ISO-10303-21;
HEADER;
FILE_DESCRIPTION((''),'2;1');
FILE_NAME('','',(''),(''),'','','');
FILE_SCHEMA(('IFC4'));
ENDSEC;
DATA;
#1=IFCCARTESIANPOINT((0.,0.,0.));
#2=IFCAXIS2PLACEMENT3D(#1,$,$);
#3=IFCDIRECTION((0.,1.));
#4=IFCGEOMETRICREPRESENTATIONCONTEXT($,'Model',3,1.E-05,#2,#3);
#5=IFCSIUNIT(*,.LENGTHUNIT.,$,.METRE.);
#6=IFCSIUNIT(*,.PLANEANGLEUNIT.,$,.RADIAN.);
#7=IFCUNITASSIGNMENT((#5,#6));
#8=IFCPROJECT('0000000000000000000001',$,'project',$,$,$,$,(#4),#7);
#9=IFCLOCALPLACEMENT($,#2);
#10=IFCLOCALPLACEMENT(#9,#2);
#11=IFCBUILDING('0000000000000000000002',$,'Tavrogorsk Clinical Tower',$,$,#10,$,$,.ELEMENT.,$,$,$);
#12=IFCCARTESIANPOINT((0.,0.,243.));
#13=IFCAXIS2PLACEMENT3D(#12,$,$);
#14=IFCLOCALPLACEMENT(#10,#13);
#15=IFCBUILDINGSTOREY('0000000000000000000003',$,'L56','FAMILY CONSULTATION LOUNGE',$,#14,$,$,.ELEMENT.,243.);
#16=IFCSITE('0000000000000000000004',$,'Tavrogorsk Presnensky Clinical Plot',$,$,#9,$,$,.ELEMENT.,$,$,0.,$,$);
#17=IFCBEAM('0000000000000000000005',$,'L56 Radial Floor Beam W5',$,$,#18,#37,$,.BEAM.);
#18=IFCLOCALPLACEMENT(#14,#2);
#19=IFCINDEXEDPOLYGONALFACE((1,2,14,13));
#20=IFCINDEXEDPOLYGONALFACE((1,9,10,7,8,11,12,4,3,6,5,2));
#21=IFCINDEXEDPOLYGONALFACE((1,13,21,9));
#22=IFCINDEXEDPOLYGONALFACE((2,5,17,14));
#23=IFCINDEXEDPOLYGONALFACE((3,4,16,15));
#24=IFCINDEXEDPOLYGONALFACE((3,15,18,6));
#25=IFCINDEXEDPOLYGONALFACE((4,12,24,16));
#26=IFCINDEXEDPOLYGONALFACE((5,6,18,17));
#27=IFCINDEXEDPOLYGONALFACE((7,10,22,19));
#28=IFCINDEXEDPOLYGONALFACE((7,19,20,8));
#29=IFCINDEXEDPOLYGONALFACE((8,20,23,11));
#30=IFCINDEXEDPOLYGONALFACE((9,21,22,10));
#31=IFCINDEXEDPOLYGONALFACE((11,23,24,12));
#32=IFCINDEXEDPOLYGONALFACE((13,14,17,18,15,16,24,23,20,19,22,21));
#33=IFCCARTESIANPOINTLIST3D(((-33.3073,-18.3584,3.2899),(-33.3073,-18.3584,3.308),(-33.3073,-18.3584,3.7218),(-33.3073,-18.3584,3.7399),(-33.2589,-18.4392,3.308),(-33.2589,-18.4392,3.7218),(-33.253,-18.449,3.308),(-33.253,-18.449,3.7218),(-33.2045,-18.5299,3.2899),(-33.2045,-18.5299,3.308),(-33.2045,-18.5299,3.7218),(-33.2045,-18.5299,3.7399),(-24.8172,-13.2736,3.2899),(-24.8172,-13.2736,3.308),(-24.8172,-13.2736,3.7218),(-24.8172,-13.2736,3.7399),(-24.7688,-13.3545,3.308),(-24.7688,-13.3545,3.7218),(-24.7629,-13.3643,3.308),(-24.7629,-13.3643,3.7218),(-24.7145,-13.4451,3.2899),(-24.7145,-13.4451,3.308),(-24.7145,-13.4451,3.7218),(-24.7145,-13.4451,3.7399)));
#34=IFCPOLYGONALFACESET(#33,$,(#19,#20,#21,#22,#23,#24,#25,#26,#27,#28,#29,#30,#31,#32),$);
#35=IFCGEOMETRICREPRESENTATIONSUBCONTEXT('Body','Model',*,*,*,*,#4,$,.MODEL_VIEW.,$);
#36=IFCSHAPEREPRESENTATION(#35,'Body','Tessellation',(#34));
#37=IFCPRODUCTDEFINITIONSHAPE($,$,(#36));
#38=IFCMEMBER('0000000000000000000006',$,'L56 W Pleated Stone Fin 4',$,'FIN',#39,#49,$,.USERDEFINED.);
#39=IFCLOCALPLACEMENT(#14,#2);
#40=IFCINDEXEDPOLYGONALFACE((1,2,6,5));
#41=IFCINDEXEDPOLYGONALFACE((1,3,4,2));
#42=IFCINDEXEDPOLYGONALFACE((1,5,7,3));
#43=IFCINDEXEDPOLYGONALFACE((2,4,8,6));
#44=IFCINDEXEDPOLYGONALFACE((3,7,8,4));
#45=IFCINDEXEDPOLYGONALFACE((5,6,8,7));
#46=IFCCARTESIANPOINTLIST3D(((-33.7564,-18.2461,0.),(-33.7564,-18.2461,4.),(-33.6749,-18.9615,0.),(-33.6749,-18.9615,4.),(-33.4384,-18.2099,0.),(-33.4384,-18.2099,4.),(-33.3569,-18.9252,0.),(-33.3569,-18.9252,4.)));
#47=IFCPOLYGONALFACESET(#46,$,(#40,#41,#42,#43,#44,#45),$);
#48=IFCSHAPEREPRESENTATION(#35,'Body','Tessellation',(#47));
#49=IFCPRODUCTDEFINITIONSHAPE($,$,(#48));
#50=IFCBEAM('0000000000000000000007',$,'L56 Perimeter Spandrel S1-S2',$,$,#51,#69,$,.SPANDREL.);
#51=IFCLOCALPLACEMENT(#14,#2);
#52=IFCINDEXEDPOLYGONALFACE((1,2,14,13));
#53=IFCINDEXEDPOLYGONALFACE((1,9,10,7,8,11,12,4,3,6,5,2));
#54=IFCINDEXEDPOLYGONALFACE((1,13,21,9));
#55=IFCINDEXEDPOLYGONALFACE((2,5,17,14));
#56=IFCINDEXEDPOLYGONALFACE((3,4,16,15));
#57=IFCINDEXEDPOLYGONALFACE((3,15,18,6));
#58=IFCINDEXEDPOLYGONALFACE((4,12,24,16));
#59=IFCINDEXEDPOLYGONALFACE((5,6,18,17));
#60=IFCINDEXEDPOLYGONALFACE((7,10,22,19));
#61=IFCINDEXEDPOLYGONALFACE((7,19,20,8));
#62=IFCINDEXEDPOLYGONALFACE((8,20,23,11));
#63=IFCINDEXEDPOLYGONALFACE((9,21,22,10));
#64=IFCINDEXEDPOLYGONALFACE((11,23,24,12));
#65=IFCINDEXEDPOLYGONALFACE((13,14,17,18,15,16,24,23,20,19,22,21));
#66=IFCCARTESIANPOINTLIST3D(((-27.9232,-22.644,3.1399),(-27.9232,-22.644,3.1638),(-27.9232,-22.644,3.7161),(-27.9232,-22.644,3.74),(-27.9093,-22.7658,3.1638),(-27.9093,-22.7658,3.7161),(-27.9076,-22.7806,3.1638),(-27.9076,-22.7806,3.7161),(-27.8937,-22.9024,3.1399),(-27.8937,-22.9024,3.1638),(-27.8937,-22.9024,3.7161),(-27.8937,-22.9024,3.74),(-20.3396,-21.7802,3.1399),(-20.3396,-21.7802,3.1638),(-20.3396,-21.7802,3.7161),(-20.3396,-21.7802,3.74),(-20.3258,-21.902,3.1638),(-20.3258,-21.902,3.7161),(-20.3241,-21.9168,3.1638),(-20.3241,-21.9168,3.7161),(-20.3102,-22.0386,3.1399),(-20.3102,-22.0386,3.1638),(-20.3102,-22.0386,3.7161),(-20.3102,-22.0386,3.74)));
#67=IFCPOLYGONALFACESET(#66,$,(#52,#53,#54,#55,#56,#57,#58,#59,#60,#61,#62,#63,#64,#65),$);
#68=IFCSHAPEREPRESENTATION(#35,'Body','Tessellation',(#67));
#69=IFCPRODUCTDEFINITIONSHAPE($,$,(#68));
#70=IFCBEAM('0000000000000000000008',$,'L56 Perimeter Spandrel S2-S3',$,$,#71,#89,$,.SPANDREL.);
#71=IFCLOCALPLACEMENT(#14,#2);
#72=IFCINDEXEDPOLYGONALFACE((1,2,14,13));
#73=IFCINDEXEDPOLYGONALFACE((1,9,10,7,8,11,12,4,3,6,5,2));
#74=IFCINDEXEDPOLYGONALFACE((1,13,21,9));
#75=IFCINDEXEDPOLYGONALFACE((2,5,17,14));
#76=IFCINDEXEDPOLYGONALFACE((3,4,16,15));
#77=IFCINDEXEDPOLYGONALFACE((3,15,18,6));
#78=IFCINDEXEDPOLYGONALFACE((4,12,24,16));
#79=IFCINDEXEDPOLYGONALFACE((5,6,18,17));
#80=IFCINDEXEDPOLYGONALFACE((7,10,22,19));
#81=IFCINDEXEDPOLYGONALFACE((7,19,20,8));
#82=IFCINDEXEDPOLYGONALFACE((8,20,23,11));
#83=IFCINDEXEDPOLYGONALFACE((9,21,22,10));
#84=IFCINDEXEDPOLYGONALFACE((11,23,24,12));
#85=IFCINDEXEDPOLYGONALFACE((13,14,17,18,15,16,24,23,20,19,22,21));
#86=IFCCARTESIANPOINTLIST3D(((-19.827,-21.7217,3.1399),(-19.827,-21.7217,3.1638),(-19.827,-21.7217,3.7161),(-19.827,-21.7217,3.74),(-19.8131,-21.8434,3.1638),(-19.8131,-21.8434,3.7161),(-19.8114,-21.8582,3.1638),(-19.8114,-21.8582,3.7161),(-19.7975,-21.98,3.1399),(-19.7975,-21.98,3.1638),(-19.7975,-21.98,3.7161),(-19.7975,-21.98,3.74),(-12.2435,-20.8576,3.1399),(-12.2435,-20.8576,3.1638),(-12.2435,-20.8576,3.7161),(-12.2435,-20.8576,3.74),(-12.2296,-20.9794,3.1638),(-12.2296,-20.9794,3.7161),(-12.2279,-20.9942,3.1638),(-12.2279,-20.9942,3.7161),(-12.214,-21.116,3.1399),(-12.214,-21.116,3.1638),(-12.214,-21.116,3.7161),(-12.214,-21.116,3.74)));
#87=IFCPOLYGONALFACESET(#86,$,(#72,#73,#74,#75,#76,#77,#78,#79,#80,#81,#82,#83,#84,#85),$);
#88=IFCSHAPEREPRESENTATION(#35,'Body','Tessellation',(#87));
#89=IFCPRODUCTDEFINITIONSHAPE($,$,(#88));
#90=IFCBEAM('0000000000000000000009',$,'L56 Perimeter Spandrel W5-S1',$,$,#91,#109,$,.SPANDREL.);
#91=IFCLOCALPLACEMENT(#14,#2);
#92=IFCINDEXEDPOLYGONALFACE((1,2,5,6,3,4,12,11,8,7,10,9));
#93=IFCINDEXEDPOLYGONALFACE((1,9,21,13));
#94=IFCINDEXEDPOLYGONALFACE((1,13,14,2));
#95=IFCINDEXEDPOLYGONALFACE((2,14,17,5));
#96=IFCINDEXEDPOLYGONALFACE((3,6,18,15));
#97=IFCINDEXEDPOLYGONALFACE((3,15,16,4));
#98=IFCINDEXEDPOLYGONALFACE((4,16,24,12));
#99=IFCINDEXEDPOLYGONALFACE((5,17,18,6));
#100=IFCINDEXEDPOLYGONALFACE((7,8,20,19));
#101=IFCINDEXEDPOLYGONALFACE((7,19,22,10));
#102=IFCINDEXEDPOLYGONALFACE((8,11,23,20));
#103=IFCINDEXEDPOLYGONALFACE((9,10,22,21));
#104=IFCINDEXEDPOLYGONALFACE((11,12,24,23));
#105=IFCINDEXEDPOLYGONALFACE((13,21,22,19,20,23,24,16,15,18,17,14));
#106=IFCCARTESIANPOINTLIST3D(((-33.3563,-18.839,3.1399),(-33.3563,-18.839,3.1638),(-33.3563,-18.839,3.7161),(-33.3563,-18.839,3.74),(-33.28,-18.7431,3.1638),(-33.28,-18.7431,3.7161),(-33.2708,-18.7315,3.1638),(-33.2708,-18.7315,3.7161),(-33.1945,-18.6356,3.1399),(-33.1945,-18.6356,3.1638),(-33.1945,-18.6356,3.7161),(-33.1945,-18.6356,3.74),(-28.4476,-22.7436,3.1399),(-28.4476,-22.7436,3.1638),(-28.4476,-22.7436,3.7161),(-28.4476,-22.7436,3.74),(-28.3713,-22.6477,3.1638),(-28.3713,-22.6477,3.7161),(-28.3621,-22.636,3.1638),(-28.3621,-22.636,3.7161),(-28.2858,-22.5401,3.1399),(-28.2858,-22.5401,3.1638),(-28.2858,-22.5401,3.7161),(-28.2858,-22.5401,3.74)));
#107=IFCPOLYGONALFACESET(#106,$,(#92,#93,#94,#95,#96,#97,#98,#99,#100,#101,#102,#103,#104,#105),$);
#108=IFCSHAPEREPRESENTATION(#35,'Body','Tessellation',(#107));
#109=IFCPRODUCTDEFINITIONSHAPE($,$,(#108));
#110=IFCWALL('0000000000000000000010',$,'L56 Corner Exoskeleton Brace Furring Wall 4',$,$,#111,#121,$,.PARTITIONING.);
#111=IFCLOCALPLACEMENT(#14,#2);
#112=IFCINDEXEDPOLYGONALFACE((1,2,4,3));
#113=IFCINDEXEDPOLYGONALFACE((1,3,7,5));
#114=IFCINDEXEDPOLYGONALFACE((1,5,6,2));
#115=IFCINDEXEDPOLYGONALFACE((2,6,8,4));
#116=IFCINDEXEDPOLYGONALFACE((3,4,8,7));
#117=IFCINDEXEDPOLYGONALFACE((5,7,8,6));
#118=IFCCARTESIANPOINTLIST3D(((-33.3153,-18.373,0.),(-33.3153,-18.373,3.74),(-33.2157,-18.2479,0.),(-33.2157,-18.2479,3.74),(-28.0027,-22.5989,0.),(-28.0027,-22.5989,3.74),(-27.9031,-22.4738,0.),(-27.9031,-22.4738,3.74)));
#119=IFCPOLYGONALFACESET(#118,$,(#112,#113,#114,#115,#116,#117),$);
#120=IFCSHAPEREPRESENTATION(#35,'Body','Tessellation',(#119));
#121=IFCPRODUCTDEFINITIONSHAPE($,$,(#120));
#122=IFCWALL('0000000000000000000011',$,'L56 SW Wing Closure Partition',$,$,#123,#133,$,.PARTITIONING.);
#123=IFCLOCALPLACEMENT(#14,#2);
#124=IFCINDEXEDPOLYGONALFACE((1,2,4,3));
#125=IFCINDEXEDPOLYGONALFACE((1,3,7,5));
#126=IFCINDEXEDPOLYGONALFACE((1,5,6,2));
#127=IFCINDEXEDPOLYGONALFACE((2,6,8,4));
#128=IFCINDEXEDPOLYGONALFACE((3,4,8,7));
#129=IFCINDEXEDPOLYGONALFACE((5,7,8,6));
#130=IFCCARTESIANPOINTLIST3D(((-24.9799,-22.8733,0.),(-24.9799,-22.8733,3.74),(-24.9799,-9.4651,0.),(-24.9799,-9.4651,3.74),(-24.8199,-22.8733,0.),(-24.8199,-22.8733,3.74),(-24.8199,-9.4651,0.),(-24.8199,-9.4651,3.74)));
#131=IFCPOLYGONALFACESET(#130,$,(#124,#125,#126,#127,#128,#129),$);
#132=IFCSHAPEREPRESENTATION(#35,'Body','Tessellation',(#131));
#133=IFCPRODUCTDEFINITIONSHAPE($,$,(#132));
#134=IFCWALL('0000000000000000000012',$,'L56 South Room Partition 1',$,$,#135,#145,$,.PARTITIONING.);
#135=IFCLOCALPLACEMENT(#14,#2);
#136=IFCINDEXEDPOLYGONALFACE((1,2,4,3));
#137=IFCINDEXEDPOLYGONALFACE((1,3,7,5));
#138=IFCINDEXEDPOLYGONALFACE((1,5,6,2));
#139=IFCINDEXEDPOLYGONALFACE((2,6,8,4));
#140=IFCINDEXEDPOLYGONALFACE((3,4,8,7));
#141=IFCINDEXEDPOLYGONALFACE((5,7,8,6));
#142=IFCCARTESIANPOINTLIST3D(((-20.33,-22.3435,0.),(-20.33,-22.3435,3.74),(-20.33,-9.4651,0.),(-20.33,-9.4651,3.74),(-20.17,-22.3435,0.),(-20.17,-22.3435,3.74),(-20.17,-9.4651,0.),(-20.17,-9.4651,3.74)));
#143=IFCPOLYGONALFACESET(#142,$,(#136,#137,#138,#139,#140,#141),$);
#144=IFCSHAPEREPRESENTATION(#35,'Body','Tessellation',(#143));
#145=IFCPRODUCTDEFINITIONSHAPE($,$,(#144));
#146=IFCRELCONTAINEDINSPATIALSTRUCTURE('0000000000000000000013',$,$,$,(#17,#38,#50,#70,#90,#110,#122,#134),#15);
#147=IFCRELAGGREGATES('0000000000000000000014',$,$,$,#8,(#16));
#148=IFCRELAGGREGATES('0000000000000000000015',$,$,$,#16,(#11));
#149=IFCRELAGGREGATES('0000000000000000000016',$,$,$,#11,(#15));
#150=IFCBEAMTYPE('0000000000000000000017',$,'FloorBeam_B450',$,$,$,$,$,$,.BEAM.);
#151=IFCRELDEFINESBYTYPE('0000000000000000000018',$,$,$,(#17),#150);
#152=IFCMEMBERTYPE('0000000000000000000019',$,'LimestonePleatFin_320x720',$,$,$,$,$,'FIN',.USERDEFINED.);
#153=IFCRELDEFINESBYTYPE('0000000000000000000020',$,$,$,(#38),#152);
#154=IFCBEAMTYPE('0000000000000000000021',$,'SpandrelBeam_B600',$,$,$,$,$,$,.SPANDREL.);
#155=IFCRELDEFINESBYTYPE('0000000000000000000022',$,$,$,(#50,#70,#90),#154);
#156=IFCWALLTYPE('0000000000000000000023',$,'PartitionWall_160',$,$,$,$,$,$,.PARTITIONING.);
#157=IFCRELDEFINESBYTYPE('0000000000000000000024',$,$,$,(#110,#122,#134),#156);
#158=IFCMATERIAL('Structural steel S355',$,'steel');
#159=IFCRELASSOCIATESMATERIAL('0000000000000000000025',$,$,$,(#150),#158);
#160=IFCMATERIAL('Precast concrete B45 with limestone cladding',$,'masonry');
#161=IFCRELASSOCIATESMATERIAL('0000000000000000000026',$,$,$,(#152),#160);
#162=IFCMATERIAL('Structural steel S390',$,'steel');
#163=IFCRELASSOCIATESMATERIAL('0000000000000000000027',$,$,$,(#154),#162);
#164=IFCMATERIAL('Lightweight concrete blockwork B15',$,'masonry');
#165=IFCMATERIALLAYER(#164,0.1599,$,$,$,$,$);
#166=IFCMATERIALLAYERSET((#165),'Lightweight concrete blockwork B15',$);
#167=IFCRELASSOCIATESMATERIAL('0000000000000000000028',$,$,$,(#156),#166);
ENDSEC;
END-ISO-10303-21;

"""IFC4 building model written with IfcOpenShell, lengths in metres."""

from ifc_helpers import new_model, si_unit, direction, frame, frame_2d, origin, origin_2d, place, context, subcontext, project, spatial, rectangle, i_section, extrude, material, layer, layer_set, material_profile, profile_set, type_object, element, save


model = new_model("IFC4")

# Units and contexts
model_context = context("Model", 3, precision=1e-05, world=origin(), true_north=direction((0.0, 1.0)))
body_context = subcontext(model_context, "Body", "Model", "MODEL_VIEW")
ifc_project = project(units=[si_unit("LENGTHUNIT", "METRE"), si_unit("PLANEANGLEUNIT", "RADIAN")], contexts=[model_context])

# Site, building, storey
site_placement = place(None, origin())
site = spatial("IfcSite", under=ifc_project, at=site_placement, Name="Tavrogorsk Presnensky Clinical Plot", CompositionType="ELEMENT", RefElevation=0.0)
building_placement = place(site_placement, origin())
building = spatial("IfcBuilding", under=site, at=building_placement, Name="Tavrogorsk Clinical Tower", CompositionType="ELEMENT")
storey_placement = place(building_placement, frame((0.0, 0.0, 243.0)))
storey = spatial("IfcBuildingStorey", under=building, at=storey_placement, Name="L56", Description="FAMILY CONSULTATION LOUNGE", CompositionType="ELEMENT", Elevation=243.0)

# Beam
ifc_material_1 = material(Name="Structural steel S355", Category="steel")
ifc_material_profile_1 = material_profile(ifc_material_1, i_section(OverallWidth=0.2, OverallDepth=0.45, WebThickness=0.0115, FlangeThickness=0.0181, at=origin_2d()), Name="B-450x200x11.5x18")
ifc_profile_set_1 = profile_set([ifc_material_profile_1], Name="Structural steel S355")
beam_type_1 = type_object("IfcBeamType", Name="FloorBeam_B450", PredefinedType="BEAM", material=ifc_profile_set_1)
beam_1_placement = place(storey_placement, frame((-24.7659, -13.3594, 3.5149), z_axis=(-0.857906, -0.513806, 0.0), x_axis=(0.513806, -0.857906, 0.0)))
element("IfcBeam", 1, at=beam_1_placement, inside=storey, type_object=beam_type_1, Name="L56 Radial Floor Beam W5", PredefinedType="BEAM", context=body_context, shape_type="SweptSolid", body=[
    extrude(i_section(OverallWidth=0.2, OverallDepth=0.45, WebThickness=0.0115, FlangeThickness=0.0181, at=origin_2d()), origin(), (0.0, 0.0, 1.0), 9.8962),
])

# Member
ifc_material_2 = material(Name="Precast concrete B45 with limestone cladding", Category="masonry")
ifc_material_profile_2 = material_profile(ifc_material_2, rectangle(XDim=0.3201, YDim=0.72, at=origin_2d()), Name="LIMESTONE-FIN-320x720")
ifc_profile_set_2 = profile_set([ifc_material_profile_2], Name="Precast concrete B45 with limestone cladding")
member_type_1 = type_object("IfcMemberType", Name="LimestonePleatFin_320x720", ElementType="FIN", PredefinedType="USERDEFINED", material=ifc_profile_set_2)
member_1_placement = place(storey_placement, frame((-33.5566, -18.5857, 0.0), z_axis=(0.0, 0.0, 1.0), x_axis=(0.993572, 0.113203, 0.0)))
element("IfcMember", 2, at=member_1_placement, inside=storey, type_object=member_type_1, Name="L56 W Pleated Stone Fin 4", ObjectType="FIN", PredefinedType="USERDEFINED", context=body_context, shape_type="SweptSolid", body=[
    extrude(rectangle(XDim=0.3201, YDim=0.72, at=origin_2d()), origin(), (0.0, 0.0, 1.0), 4.0),
])

# Beams
ifc_material_3 = material(Name="Structural steel S390", Category="steel")
ifc_material_profile_3 = material_profile(ifc_material_3, i_section(OverallWidth=0.26, OverallDepth=0.6001, WebThickness=0.0149, FlangeThickness=0.0239, at=origin_2d()), Name="B-600x260x15x24")
ifc_profile_set_3 = profile_set([ifc_material_profile_3], Name="Structural steel S390")
beam_type_2 = type_object("IfcBeamType", Name="SpandrelBeam_B600", PredefinedType="SPANDREL", material=ifc_profile_set_3)
for number, where, z_axis, x_axis, name in (
    (3, (-27.9084, -22.7732, 3.4399), (0.993576, 0.113169, 0.0), (-0.113169, 0.993576, 0.0), "L56 Perimeter Spandrel S1-S2"),
    (4, (-19.8123, -21.8508, 3.4399), (0.993572, 0.113201, 0.0), (-0.113201, 0.993572, 0.0), "L56 Perimeter Spandrel S2-S3"),
):
    element("IfcBeam", number, at=place(storey_placement, frame(where, z_axis=z_axis, x_axis=x_axis)), inside=storey, type_object=beam_type_2, Name=name, PredefinedType="SPANDREL", context=body_context, shape_type="SweptSolid", body=[
        extrude(i_section(OverallWidth=0.26, OverallDepth=0.6001, WebThickness=0.0149, FlangeThickness=0.0239, at=origin_2d()), origin(), (0.0, 0.0, 1.0), 7.6326),
    ])
beam_2_placement = place(storey_placement, frame((-33.2754, -18.7373, 3.4399), z_axis=(0.782609, -0.622514, 0.0), x_axis=(0.622514, 0.782609, 0.0)))
element("IfcBeam", 5, at=beam_2_placement, inside=storey, type_object=beam_type_2, Name="L56 Perimeter Spandrel W5-S1", PredefinedType="SPANDREL", context=body_context, shape_type="SweptSolid", body=[
    extrude(i_section(OverallWidth=0.26, OverallDepth=0.6001, WebThickness=0.0149, FlangeThickness=0.0239, at=origin_2d()), origin(), (0.0, 0.0, 1.0), 6.2722),
])

# Walls
ifc_material_4 = material(Name="Lightweight concrete blockwork B15", Category="masonry")
ifc_layer_1 = layer(ifc_material_4, 0.1599)
ifc_layer_set_1 = layer_set([ifc_layer_1], Name="Lightweight concrete blockwork B15")
wall_type_1 = type_object("IfcWallType", Name="PartitionWall_160", PredefinedType="PARTITIONING", material=ifc_layer_set_1)
wall_1_placement = place(storey_placement, frame((-33.2654, -18.3105, 0.0), z_axis=(0.0, 0.0, 1.0), x_axis=(0.782603, -0.622522, 0.0)))
element("IfcWall", 6, at=wall_1_placement, inside=storey, type_object=wall_type_1, Name="L56 Corner Exoskeleton Brace Furring Wall 4", PredefinedType="PARTITIONING", context=body_context, shape_type="SweptSolid", body=[
    extrude(rectangle(XDim=6.7883, YDim=0.1599, at=frame_2d((3.394, 0.0))), origin(), (0.0, 0.0, 1.0), 3.74),
])
wall_2_placement = place(storey_placement, frame((-24.8999, -22.8733, 0.0), z_axis=(0.0, 0.0, 1.0), x_axis=(0.0, 1.0, 0.0)))
element("IfcWall", 7, at=wall_2_placement, inside=storey, type_object=wall_type_1, Name="L56 SW Wing Closure Partition", PredefinedType="PARTITIONING", context=body_context, shape_type="SweptSolid", body=[
    extrude(rectangle(XDim=13.4082, YDim=0.1599, at=frame_2d((6.7041, 0.0))), origin(), (0.0, 0.0, 1.0), 3.74),
])
wall_3_placement = place(storey_placement, frame((-20.25, -22.3435, 0.0), z_axis=(0.0, 0.0, 1.0), x_axis=(0.0, 1.0, 0.0)))
element("IfcWall", 8, at=wall_3_placement, inside=storey, type_object=wall_type_1, Name="L56 South Room Partition 1", PredefinedType="PARTITIONING", context=body_context, shape_type="SweptSolid", body=[
    extrude(rectangle(XDim=12.8784, YDim=0.1599, at=frame_2d((6.4392, 0.0))), origin(), (0.0, 0.0, 1.0), 3.74),
])

save(model, "model.ifc")
